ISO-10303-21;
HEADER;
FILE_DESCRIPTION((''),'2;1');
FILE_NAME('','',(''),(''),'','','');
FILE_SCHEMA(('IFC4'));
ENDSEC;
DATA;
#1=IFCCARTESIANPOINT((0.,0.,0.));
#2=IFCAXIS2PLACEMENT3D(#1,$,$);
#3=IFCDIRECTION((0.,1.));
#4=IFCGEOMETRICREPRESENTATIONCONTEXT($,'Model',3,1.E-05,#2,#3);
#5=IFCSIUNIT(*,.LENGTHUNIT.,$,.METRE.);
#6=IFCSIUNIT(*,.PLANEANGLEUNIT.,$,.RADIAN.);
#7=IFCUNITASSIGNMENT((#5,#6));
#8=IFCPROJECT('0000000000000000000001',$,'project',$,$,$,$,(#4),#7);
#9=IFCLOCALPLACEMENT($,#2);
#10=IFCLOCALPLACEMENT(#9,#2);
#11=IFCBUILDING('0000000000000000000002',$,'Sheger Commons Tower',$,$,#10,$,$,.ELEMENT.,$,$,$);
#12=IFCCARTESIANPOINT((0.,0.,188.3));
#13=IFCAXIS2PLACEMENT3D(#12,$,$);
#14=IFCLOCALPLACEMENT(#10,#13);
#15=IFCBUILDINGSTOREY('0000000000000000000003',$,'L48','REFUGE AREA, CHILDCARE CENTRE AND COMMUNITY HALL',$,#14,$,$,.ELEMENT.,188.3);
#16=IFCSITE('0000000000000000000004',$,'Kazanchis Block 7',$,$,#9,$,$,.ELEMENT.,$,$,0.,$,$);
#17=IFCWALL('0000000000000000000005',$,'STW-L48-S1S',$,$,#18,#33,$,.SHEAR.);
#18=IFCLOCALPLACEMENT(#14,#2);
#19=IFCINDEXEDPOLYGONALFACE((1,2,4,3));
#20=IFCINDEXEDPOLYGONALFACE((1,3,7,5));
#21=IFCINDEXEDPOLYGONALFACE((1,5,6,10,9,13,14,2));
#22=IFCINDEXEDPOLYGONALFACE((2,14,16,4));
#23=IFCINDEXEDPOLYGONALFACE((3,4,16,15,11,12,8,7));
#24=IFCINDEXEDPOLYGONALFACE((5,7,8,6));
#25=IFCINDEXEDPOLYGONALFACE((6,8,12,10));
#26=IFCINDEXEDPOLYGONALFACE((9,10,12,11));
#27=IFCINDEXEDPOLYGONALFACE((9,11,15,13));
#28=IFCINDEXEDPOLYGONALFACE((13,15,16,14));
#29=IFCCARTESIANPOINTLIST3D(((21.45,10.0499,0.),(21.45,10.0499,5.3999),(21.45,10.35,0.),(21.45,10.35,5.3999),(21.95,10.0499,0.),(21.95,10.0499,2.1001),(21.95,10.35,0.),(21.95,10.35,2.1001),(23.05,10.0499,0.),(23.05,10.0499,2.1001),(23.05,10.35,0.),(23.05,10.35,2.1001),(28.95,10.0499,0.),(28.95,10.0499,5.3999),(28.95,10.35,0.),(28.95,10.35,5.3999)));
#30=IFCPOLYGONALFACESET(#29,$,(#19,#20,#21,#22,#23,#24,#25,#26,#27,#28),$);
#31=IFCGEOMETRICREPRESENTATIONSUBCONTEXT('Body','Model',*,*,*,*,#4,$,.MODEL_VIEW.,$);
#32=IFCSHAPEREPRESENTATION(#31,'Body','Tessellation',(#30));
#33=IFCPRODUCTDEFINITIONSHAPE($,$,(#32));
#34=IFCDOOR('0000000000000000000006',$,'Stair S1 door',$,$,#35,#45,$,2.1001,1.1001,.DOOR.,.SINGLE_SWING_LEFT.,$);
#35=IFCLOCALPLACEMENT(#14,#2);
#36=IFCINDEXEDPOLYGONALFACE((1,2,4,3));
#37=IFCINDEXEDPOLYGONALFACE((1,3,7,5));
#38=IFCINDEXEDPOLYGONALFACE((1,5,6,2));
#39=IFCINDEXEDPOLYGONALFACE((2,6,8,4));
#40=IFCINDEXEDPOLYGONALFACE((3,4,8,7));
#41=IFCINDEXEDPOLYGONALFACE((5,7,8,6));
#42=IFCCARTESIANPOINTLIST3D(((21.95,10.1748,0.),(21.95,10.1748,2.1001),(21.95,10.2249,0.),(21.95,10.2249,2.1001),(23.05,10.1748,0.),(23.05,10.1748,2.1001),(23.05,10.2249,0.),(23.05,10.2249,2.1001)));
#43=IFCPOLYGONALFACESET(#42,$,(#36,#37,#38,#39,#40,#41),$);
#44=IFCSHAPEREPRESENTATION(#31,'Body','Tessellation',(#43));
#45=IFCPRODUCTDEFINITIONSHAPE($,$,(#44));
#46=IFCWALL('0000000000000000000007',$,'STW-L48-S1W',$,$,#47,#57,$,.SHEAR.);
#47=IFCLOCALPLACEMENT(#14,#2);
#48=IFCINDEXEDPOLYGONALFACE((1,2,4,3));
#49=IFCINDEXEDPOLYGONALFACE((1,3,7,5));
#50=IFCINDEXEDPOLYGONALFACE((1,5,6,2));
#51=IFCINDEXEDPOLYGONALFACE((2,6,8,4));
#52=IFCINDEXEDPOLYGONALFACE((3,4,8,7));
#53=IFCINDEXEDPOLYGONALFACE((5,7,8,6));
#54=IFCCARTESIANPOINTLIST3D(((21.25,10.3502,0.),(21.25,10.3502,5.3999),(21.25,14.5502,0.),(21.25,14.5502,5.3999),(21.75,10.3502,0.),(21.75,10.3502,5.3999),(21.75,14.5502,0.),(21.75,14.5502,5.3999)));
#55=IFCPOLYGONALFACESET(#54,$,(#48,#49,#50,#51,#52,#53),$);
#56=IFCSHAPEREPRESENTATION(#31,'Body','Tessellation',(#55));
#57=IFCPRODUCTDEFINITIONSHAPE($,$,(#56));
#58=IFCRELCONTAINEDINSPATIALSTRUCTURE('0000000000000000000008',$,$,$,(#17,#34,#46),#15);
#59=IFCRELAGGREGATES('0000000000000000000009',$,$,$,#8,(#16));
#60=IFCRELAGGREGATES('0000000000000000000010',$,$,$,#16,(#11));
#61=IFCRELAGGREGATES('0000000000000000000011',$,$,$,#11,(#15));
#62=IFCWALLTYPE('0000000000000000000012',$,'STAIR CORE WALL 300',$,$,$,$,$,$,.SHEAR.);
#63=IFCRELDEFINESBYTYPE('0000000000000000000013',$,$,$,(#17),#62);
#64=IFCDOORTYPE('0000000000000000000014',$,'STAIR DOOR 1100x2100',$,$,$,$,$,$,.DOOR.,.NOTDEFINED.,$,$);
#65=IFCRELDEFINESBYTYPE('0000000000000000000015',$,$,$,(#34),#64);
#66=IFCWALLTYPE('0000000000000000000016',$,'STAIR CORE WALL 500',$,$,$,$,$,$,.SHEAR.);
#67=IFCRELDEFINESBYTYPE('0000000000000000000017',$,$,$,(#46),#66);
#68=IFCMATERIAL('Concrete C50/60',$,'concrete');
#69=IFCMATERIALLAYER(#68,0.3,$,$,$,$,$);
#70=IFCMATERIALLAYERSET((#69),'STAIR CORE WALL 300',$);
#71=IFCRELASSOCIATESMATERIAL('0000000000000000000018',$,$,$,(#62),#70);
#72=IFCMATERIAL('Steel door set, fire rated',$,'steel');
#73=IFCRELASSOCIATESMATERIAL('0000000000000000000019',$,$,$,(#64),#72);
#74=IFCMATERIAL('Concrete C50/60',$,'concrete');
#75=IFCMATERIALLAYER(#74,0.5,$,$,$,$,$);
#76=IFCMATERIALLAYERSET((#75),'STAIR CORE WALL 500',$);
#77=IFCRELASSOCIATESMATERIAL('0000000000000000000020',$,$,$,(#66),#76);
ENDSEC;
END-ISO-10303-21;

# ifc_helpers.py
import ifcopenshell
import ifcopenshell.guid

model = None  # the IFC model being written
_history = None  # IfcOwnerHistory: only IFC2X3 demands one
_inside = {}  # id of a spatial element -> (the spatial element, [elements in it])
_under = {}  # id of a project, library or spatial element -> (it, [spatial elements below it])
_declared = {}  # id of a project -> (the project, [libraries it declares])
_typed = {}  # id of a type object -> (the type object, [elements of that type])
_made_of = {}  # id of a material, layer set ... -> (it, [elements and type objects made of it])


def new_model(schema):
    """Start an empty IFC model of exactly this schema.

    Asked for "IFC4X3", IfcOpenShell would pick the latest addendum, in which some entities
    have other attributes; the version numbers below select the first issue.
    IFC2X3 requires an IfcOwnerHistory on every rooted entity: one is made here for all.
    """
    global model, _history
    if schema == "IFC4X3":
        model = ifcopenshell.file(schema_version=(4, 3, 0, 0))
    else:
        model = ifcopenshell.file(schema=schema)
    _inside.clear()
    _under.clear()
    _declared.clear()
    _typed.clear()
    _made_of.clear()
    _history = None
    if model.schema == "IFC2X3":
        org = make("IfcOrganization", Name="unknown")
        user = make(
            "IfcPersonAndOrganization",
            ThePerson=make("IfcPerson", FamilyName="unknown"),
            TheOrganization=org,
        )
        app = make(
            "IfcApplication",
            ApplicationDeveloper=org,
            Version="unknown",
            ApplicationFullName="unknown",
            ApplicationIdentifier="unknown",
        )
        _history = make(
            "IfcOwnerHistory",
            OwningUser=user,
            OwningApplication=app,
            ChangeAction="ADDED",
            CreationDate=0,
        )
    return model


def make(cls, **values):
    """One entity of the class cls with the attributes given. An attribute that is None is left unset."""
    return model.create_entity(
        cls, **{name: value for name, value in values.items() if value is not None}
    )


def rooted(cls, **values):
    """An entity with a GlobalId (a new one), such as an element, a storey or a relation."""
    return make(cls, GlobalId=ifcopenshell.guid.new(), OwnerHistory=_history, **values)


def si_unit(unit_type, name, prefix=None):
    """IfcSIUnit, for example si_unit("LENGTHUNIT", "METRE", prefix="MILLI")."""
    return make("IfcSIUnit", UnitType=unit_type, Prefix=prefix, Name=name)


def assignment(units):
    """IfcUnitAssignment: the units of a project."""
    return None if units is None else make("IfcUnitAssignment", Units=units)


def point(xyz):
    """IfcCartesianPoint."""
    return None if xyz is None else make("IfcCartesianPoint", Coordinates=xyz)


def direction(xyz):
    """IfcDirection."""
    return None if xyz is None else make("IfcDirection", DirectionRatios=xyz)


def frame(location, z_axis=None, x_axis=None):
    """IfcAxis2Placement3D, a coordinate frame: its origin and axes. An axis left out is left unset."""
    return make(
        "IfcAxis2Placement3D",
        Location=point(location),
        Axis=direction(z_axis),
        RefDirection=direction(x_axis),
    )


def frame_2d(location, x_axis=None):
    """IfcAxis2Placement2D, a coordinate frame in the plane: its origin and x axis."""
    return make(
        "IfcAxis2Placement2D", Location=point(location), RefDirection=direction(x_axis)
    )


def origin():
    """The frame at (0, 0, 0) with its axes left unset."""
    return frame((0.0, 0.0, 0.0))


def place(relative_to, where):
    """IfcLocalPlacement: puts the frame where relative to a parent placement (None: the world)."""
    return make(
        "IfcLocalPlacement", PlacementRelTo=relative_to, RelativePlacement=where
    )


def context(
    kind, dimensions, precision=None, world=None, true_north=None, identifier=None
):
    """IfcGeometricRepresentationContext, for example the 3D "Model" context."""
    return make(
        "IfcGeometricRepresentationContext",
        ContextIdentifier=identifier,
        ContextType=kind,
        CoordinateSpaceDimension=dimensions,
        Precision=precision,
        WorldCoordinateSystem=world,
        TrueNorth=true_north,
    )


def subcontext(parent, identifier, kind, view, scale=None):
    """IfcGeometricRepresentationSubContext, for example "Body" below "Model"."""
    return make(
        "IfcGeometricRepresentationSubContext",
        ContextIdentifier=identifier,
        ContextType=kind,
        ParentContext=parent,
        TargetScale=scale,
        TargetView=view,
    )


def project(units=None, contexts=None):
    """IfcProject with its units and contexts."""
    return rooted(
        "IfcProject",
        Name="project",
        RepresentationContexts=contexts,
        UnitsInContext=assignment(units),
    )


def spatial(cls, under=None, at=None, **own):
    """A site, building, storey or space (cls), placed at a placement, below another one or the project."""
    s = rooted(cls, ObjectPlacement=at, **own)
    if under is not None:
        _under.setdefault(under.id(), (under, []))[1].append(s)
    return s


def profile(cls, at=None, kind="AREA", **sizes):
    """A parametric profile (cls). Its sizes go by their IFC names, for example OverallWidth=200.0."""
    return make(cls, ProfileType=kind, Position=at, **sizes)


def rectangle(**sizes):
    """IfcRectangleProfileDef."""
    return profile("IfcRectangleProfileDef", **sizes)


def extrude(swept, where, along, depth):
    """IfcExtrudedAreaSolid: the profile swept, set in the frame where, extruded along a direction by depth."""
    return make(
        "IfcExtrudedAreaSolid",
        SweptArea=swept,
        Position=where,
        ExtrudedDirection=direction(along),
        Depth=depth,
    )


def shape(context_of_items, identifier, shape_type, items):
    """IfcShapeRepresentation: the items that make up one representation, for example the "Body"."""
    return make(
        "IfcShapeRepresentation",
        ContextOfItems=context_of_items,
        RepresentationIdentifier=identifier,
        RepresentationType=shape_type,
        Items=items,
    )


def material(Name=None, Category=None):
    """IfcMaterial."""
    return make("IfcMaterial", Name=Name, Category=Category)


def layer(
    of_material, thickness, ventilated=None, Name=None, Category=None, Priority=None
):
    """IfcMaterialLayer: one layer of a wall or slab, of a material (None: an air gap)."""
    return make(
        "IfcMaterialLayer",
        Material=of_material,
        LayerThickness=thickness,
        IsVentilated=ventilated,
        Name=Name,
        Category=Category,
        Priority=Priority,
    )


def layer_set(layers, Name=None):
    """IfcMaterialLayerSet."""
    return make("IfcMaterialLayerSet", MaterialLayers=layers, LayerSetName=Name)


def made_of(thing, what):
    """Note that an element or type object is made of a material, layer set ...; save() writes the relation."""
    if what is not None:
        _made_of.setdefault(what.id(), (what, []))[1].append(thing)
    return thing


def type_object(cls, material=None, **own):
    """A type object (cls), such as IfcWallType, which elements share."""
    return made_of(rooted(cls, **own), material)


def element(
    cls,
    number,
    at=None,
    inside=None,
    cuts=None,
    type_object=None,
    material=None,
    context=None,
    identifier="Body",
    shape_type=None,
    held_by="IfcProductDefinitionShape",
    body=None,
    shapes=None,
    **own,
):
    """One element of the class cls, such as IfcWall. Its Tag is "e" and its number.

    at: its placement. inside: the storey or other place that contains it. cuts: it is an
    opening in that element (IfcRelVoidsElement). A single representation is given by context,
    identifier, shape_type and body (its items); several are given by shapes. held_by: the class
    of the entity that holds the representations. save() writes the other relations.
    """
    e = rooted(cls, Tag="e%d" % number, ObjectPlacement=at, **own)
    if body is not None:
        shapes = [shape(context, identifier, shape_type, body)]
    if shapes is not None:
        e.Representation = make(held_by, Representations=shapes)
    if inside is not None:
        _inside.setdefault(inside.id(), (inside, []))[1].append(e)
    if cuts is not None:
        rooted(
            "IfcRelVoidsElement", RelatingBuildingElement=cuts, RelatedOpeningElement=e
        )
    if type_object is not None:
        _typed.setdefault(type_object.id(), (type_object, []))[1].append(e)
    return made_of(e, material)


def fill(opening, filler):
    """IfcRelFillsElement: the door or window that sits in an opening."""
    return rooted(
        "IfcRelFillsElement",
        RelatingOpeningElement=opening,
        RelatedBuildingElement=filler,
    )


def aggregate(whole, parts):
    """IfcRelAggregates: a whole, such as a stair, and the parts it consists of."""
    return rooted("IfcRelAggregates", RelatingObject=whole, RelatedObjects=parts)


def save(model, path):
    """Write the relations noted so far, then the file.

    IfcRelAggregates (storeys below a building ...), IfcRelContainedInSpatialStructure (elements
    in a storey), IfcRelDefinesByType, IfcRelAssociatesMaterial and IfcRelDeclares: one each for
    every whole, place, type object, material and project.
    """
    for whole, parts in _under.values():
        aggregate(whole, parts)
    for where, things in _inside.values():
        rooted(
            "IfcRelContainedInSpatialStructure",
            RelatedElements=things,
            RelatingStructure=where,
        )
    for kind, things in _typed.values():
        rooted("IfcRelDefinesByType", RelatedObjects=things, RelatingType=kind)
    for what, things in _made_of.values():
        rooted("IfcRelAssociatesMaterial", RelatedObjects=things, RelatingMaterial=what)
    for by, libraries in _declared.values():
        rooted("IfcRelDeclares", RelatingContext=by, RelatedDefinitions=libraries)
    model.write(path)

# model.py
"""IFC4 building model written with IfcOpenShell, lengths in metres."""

from ifc_helpers import new_model, si_unit, direction, frame, frame_2d, origin, place, context, subcontext, project, spatial, rectangle, extrude, material, layer, layer_set, type_object, element, fill, save


model = new_model("IFC4")

# Units and contexts
model_context = context("Model", 3, precision=1e-05, world=origin(), true_north=direction((0.0, 1.0)))
body_context = subcontext(model_context, "Body", "Model", "MODEL_VIEW")
ifc_project = project(units=[si_unit("LENGTHUNIT", "METRE"), si_unit("PLANEANGLEUNIT", "RADIAN")], contexts=[model_context])

# Site, building, storey
site_placement = place(None, origin())
site = spatial("IfcSite", under=ifc_project, at=site_placement, Name="Kazanchis Block 7", CompositionType="ELEMENT", RefElevation=0.0)
building_placement = place(site_placement, origin())
building = spatial("IfcBuilding", under=site, at=building_placement, Name="Sheger Commons Tower", CompositionType="ELEMENT")
storey_placement = place(building_placement, frame((0.0, 0.0, 188.3)))
storey = spatial("IfcBuildingStorey", under=building, at=storey_placement, Name="L48", Description="REFUGE AREA, CHILDCARE CENTRE AND COMMUNITY HALL", CompositionType="ELEMENT", Elevation=188.3)

# Wall, opening, door
ifc_material_1 = material(Name="Concrete C50/60", Category="concrete")
ifc_layer_1 = layer(ifc_material_1, 0.3)
ifc_layer_set_1 = layer_set([ifc_layer_1], Name="STAIR CORE WALL 300")
wall_type_1 = type_object("IfcWallType", Name="STAIR CORE WALL 300", PredefinedType="SHEAR", material=ifc_layer_set_1)
wall_1_placement = place(storey_placement, frame((21.45, 10.2, 0.0), z_axis=(0.0, 0.0, 1.0), x_axis=(1.0, 0.0, 0.0)))
wall_1 = element("IfcWall", 1, at=wall_1_placement, inside=storey, type_object=wall_type_1, Name="STW-L48-S1S", PredefinedType="SHEAR", context=body_context, shape_type="SweptSolid", body=[
    extrude(rectangle(XDim=7.5, YDim=0.3, at=frame_2d((3.75, 0.0))), origin(), (0.0, 0.0, 1.0), 5.3999),
])
opening_1_placement = place(wall_1_placement, frame((0.5, 0.0, 0.0)))
opening_1 = element("IfcOpeningElement", 2, at=opening_1_placement, cuts=wall_1, PredefinedType="OPENING", context=body_context, shape_type="SweptSolid", body=[
    extrude(rectangle(XDim=1.1001, YDim=2.1001, at=frame_2d((0.55, 1.05))), frame((0.0, 0.1599, 0.0), z_axis=(0.0, -1.0, 0.0), x_axis=(1.0, 0.0, 0.0)), (0.0, 0.0, 1.0), 0.3201),
])
ifc_material_2 = material(Name="Steel door set, fire rated", Category="steel")
door_type_1 = type_object("IfcDoorType", Name="STAIR DOOR 1100x2100", OperationType="NOTDEFINED", PredefinedType="DOOR", material=ifc_material_2)
door_1_placement = place(opening_1_placement, origin())
door_1 = element("IfcDoor", 3, at=door_1_placement, inside=storey, type_object=door_type_1, Name="Stair S1 door", OperationType="SINGLE_SWING_LEFT", OverallHeight=2.1001, OverallWidth=1.1001, PredefinedType="DOOR", context=body_context, shape_type="SweptSolid", body=[
    extrude(rectangle(XDim=1.1001, YDim=2.1001, at=frame_2d((0.55, 1.05))), frame((0.0, 0.0249, 0.0), z_axis=(0.0, -1.0, 0.0), x_axis=(1.0, 0.0, 0.0)), (0.0, 0.0, 1.0), 0.05),
])
fill(opening_1, door_1)

# Wall
ifc_material_3 = material(Name="Concrete C50/60", Category="concrete")
ifc_layer_2 = layer(ifc_material_3, 0.5)
ifc_layer_set_2 = layer_set([ifc_layer_2], Name="STAIR CORE WALL 500")
wall_type_2 = type_object("IfcWallType", Name="STAIR CORE WALL 500", PredefinedType="SHEAR", material=ifc_layer_set_2)
wall_2_placement = place(storey_placement, frame((21.5, 10.3501, 0.0), z_axis=(0.0, 0.0, 1.0), x_axis=(0.0, 1.0, 0.0)))
element("IfcWall", 4, at=wall_2_placement, inside=storey, type_object=wall_type_2, Name="STW-L48-S1W", PredefinedType="SHEAR", context=body_context, shape_type="SweptSolid", body=[
    extrude(rectangle(XDim=4.2, YDim=0.5, at=frame_2d((2.1001, 0.0))), origin(), (0.0, 0.0, 1.0), 5.3999),
])

save(model, "model.ifc")
